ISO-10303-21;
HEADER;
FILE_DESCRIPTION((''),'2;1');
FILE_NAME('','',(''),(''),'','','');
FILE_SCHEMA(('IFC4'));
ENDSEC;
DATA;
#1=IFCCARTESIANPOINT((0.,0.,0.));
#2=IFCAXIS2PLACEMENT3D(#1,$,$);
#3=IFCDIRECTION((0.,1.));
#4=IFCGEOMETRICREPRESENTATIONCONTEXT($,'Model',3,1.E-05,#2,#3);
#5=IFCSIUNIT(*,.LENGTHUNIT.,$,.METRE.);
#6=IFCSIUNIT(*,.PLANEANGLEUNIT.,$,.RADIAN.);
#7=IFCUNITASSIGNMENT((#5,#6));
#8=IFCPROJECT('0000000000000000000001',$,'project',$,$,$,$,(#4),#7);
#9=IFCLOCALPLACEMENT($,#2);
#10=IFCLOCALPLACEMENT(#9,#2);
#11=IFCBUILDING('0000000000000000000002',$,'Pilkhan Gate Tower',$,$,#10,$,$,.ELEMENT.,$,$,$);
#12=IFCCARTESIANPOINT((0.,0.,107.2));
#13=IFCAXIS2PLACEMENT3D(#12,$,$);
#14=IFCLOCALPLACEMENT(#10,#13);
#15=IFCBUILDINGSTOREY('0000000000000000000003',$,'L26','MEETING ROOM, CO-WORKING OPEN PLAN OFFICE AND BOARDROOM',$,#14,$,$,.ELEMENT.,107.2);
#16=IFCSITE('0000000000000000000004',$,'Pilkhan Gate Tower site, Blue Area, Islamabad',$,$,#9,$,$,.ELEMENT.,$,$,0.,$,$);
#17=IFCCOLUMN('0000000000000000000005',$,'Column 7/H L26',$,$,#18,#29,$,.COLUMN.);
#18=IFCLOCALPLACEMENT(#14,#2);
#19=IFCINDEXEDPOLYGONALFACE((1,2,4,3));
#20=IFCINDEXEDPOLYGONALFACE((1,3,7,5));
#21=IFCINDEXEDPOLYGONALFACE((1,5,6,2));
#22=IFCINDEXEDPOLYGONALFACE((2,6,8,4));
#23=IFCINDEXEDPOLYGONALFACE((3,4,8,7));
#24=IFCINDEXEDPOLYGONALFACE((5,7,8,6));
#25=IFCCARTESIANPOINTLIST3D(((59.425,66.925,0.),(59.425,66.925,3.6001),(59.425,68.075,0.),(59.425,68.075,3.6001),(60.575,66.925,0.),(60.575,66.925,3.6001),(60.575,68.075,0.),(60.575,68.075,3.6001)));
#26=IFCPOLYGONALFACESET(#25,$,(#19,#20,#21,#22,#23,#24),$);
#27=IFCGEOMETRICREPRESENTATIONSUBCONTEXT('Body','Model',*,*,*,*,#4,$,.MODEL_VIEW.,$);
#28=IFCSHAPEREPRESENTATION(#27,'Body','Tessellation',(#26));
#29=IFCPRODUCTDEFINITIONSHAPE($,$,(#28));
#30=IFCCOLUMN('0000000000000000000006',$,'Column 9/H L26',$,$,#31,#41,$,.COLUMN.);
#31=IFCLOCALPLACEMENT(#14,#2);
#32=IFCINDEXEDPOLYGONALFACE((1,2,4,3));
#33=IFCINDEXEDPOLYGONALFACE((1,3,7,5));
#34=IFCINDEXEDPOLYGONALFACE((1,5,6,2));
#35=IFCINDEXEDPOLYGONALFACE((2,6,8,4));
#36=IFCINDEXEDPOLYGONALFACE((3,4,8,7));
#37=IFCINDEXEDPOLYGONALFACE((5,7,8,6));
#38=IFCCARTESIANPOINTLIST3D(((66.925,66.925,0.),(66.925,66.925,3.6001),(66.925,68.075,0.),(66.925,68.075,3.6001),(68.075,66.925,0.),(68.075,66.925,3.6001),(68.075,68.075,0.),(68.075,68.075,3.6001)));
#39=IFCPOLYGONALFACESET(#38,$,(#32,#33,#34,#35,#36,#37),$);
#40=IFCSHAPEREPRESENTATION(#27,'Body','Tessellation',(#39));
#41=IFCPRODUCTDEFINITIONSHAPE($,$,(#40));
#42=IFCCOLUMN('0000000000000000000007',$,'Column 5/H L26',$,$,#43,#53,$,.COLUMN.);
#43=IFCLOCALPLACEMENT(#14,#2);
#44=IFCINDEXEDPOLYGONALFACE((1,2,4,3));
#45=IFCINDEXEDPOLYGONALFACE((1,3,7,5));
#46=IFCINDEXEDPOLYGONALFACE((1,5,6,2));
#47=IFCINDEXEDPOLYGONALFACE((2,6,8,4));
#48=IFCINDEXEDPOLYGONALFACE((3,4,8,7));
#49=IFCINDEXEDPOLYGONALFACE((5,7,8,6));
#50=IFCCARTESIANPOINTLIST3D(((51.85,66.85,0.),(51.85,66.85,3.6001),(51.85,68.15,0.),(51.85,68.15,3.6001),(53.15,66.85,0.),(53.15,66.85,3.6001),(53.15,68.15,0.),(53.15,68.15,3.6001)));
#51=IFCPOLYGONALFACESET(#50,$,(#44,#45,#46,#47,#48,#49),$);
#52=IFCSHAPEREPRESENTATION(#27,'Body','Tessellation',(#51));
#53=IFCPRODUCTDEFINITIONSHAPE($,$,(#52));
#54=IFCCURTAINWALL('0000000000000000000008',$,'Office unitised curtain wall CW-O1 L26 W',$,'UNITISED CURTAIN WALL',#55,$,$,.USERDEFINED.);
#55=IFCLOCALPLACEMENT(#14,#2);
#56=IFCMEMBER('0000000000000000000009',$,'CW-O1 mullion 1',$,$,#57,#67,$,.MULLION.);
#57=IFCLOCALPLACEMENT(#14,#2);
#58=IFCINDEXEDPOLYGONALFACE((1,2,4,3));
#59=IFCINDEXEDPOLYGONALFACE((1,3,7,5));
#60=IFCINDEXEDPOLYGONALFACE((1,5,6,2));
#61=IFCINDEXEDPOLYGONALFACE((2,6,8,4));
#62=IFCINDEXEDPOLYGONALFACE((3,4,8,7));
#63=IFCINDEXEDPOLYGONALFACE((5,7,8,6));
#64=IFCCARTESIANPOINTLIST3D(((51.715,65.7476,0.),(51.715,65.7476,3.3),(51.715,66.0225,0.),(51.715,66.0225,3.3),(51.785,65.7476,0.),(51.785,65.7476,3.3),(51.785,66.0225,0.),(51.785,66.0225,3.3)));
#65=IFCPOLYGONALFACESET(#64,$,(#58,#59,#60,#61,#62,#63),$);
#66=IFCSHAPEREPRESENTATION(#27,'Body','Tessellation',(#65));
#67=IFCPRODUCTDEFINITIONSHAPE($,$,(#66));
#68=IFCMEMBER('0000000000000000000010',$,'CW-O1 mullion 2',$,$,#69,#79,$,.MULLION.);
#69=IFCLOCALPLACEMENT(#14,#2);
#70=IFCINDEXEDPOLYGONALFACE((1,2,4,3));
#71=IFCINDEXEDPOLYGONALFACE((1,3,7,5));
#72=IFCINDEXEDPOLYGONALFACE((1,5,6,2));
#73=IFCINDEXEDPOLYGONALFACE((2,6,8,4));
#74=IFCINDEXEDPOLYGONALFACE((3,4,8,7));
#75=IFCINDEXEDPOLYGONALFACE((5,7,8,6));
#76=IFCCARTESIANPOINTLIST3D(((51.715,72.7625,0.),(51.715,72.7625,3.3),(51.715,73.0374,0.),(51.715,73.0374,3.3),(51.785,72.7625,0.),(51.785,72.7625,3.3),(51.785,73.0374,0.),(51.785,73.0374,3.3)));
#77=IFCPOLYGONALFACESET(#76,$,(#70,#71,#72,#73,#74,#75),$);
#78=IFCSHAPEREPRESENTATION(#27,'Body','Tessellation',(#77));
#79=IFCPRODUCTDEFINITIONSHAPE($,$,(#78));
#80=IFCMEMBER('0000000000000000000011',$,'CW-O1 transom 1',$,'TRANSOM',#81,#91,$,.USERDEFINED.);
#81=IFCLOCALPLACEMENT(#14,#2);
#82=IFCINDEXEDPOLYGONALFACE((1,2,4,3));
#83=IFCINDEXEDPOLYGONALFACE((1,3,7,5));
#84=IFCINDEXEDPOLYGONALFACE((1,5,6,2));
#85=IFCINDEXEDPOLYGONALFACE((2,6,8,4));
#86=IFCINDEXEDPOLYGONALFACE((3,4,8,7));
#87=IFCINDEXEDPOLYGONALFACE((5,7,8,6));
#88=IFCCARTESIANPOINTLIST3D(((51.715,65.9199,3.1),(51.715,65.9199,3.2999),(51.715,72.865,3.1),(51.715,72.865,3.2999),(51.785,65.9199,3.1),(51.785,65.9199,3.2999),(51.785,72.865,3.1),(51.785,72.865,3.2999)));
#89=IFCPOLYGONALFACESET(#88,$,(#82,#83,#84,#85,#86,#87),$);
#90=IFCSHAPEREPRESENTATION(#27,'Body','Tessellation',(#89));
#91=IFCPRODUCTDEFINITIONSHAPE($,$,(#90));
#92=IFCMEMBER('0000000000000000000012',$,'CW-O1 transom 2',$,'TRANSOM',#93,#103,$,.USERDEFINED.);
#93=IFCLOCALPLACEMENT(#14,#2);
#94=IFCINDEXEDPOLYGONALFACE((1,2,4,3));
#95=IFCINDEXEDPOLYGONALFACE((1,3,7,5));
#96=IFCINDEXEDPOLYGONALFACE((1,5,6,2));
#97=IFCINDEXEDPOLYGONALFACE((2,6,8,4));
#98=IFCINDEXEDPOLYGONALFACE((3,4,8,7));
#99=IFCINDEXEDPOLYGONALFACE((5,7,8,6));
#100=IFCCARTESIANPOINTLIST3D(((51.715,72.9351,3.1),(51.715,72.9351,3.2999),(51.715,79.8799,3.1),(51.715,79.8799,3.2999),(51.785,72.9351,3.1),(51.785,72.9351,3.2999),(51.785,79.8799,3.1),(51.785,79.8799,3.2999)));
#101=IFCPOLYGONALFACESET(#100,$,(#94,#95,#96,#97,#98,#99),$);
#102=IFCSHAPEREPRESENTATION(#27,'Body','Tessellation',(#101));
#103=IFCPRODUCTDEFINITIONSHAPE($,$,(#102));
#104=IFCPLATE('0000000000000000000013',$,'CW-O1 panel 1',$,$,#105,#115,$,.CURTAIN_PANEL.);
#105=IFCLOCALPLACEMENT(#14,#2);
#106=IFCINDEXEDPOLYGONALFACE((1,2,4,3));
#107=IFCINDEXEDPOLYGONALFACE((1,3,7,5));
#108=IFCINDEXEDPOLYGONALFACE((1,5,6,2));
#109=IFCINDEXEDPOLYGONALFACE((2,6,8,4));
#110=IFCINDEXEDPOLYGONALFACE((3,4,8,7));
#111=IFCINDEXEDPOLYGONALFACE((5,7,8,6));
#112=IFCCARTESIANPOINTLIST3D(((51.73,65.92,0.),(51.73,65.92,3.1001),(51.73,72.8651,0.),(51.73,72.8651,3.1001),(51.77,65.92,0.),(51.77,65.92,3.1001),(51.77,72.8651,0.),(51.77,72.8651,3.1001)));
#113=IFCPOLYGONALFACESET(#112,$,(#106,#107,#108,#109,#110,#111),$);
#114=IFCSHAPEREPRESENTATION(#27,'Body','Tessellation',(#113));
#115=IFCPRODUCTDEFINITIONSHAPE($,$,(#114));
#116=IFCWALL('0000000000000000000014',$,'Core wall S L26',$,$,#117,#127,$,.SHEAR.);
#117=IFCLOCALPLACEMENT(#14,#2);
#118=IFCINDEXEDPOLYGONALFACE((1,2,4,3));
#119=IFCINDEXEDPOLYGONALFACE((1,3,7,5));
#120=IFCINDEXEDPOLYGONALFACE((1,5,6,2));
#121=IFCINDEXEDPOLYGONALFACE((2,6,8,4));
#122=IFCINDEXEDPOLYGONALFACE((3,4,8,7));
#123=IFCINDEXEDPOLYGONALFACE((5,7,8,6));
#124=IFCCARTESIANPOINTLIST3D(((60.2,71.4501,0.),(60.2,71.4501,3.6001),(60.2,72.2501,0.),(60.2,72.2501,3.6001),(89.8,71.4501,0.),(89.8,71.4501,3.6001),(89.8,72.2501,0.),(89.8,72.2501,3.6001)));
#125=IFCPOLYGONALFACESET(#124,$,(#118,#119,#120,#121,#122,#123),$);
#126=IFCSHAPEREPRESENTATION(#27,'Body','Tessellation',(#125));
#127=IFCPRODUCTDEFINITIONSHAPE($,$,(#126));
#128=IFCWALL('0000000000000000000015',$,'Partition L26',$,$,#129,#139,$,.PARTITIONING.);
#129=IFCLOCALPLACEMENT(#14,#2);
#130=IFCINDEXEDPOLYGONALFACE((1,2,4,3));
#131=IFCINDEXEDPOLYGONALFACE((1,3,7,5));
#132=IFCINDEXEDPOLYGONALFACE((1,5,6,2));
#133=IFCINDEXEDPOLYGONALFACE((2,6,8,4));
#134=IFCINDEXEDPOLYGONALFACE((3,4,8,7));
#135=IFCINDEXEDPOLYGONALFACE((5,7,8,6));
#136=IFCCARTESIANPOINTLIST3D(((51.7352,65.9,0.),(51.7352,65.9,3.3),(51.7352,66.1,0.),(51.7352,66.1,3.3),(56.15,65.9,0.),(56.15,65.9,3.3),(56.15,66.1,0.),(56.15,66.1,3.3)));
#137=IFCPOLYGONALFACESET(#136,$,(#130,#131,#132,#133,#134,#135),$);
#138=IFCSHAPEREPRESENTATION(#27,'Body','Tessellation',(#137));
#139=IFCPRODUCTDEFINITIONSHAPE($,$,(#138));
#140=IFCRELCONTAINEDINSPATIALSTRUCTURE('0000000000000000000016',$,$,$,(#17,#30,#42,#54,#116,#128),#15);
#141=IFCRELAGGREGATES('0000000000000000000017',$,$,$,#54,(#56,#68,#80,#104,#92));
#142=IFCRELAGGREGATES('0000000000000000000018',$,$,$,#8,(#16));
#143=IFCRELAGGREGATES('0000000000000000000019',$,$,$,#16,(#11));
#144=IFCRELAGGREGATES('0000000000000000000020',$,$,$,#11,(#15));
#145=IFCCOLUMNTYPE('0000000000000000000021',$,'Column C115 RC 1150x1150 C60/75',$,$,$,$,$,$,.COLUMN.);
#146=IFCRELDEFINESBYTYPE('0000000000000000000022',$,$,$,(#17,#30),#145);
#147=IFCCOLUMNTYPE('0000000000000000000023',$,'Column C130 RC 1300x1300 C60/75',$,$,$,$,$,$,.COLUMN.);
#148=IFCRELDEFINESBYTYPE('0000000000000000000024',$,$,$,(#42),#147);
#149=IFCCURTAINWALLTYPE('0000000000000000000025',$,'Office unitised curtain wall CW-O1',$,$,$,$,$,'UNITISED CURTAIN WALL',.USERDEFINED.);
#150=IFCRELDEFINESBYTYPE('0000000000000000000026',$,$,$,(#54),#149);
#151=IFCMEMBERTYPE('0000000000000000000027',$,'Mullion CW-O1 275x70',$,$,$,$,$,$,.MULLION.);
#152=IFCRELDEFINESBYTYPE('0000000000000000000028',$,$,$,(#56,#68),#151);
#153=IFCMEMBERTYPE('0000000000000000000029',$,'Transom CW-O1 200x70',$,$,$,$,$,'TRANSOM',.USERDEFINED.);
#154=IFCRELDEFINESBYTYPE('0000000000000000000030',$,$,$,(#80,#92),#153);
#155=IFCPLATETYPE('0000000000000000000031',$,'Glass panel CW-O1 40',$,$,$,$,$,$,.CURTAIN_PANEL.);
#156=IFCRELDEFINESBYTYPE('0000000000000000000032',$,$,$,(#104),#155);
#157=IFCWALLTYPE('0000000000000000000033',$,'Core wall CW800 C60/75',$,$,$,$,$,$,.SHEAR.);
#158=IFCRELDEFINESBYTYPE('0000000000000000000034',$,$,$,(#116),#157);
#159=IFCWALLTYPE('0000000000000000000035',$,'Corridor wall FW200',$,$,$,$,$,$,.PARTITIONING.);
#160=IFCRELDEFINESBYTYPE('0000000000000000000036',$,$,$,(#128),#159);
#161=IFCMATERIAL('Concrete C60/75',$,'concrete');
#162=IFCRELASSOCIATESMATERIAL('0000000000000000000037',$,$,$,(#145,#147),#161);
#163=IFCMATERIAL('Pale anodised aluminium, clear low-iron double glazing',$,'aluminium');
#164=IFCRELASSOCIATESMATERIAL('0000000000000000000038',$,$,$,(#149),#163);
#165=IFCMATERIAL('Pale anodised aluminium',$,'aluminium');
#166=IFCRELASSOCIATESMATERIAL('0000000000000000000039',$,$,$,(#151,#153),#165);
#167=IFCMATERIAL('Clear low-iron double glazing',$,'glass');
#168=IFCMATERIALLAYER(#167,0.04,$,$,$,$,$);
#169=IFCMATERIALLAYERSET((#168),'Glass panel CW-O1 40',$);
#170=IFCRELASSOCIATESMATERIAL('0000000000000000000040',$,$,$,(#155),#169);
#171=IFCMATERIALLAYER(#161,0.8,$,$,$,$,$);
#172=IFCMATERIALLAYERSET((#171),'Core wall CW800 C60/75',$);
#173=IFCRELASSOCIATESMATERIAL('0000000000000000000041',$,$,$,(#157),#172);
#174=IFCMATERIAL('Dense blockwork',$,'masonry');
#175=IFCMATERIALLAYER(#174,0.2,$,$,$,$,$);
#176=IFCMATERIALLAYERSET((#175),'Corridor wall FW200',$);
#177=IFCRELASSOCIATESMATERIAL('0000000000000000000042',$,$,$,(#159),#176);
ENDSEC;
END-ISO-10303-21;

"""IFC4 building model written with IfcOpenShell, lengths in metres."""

from ifc_helpers import new_model, si_unit, direction, frame, frame_2d, origin, origin_2d, place, context, subcontext, project, spatial, rectangle, extrude, material, layer, layer_set, material_profile, profile_set, type_object, element, aggregate, save


model = new_model("IFC4")

# Units and contexts
model_context = context("Model", 3, precision=1e-05, world=origin(), true_north=direction((0.0, 1.0)))
body_context = subcontext(model_context, "Body", "Model", "MODEL_VIEW")
ifc_project = project(units=[si_unit("LENGTHUNIT", "METRE"), si_unit("PLANEANGLEUNIT", "RADIAN")], contexts=[model_context])

# Site, building, storey
site_placement = place(None, origin())
site = spatial("IfcSite", under=ifc_project, at=site_placement, Name="Pilkhan Gate Tower site, Blue Area, Islamabad", CompositionType="ELEMENT", RefElevation=0.0)
building_placement = place(site_placement, origin())
building = spatial("IfcBuilding", under=site, at=building_placement, Name="Pilkhan Gate Tower", CompositionType="ELEMENT")
storey_placement = place(building_placement, frame((0.0, 0.0, 107.2)))
storey = spatial("IfcBuildingStorey", under=building, at=storey_placement, Name="L26", Description="MEETING ROOM, CO-WORKING OPEN PLAN OFFICE AND BOARDROOM", CompositionType="ELEMENT", Elevation=107.2)

# Columns
ifc_material_1 = material(Name="Concrete C60/75", Category="concrete")
ifc_material_profile_1 = material_profile(ifc_material_1, rectangle(XDim=1.1499, YDim=1.1499, at=origin_2d()), Name="RC 1150x1150")
ifc_profile_set_1 = profile_set([ifc_material_profile_1], Name="Concrete C60/75")
column_type_1 = type_object("IfcColumnType", Name="Column C115 RC 1150x1150 C60/75", PredefinedType="COLUMN", material=ifc_profile_set_1)
for number, where, z_axis, x_axis, name in (
    (1, (60.0, 67.5, 0.0), (0.0, 0.0, 1.0), (1.0, 0.0, 0.0), "Column 7/H L26"),
    (2, (67.5, 67.5, 0.0), (0.0, 0.0, 1.0), (1.0, 0.0, 0.0), "Column 9/H L26"),
):
    element("IfcColumn", number, at=place(storey_placement, frame(where, z_axis=z_axis, x_axis=x_axis)), inside=storey, type_object=column_type_1, Name=name, PredefinedType="COLUMN", context=body_context, shape_type="SweptSolid", body=[
        extrude(rectangle(XDim=1.1499, YDim=1.1499, at=origin_2d()), origin(), (0.0, 0.0, 1.0), 3.6001),
    ])
ifc_material_profile_2 = material_profile(ifc_material_1, rectangle(XDim=1.3, YDim=1.3, at=origin_2d()), Name="RC 1300x1300")
ifc_profile_set_2 = profile_set([ifc_material_profile_2], Name="Concrete C60/75")
column_type_2 = type_object("IfcColumnType", Name="Column C130 RC 1300x1300 C60/75", PredefinedType="COLUMN", material=ifc_profile_set_2)
column_placement = place(storey_placement, frame((52.5, 67.5, 0.0), z_axis=(0.0, 0.0, 1.0), x_axis=(1.0, 0.0, 0.0)))
element("IfcColumn", 3, at=column_placement, inside=storey, type_object=column_type_2, Name="Column 5/H L26", PredefinedType="COLUMN", context=body_context, shape_type="SweptSolid", body=[
    extrude(rectangle(XDim=1.3, YDim=1.3, at=origin_2d()), origin(), (0.0, 0.0, 1.0), 3.6001),
])

# Curtain wall, members, plate
ifc_material_2 = material(Name="Pale anodised aluminium, clear low-iron double glazing", Category="aluminium")
curtain_wall_type = type_object("IfcCurtainWallType", Name="Office unitised curtain wall CW-O1", ElementType="UNITISED CURTAIN WALL", PredefinedType="USERDEFINED", material=ifc_material_2)
curtain_wall_placement = place(storey_placement, origin())
curtain_wall = element("IfcCurtainWall", 4, at=curtain_wall_placement, inside=storey, type_object=curtain_wall_type, Name="Office unitised curtain wall CW-O1 L26 W", ObjectType="UNITISED CURTAIN WALL", PredefinedType="USERDEFINED")
ifc_material_3 = material(Name="Pale anodised aluminium", Category="aluminium")
ifc_material_profile_3 = material_profile(ifc_material_3, rectangle(XDim=0.0701, YDim=0.2749, at=origin_2d()), Name="Mullion 275x70")
ifc_profile_set_3 = profile_set([ifc_material_profile_3], Name="Pale anodised aluminium")
member_type_1 = type_object("IfcMemberType", Name="Mullion CW-O1 275x70", PredefinedType="MULLION", material=ifc_profile_set_3)
member_1_placement = place(storey_placement, frame((51.75, 65.885, 0.0), z_axis=(0.0, 0.0, 1.0), x_axis=(-1.0, 0.0, 0.0)))
member_1 = element("IfcMember", 5, at=member_1_placement, type_object=member_type_1, Name="CW-O1 mullion 1", PredefinedType="MULLION", context=body_context, shape_type="SweptSolid", body=[
    extrude(rectangle(XDim=0.0701, YDim=0.2749, at=origin_2d()), origin(), (0.0, 0.0, 1.0), 3.3),
])
member_2_placement = place(storey_placement, frame((51.75, 72.8999, 0.0), z_axis=(0.0, 0.0, 1.0), x_axis=(-1.0, 0.0, 0.0)))
member_2 = element("IfcMember", 6, at=member_2_placement, type_object=member_type_1, Name="CW-O1 mullion 2", PredefinedType="MULLION", context=body_context, shape_type="SweptSolid", body=[
    extrude(rectangle(XDim=0.0701, YDim=0.2749, at=origin_2d()), origin(), (0.0, 0.0, 1.0), 3.3),
])
ifc_material_profile_4 = material_profile(ifc_material_3, rectangle(XDim=0.0701, YDim=0.2, at=origin_2d()), Name="Transom 200x70")
ifc_profile_set_4 = profile_set([ifc_material_profile_4], Name="Pale anodised aluminium")
member_type_2 = type_object("IfcMemberType", Name="Transom CW-O1 200x70", ElementType="TRANSOM", PredefinedType="USERDEFINED", material=ifc_profile_set_4)
member_3_placement = place(storey_placement, frame((51.75, 65.9199, 3.2), z_axis=(0.0, 1.0, 0.0), x_axis=(-1.0, 0.0, 0.0)))
member_3 = element("IfcMember", 7, at=member_3_placement, type_object=member_type_2, Name="CW-O1 transom 1", ObjectType="TRANSOM", PredefinedType="USERDEFINED", context=body_context, shape_type="SweptSolid", body=[
    extrude(rectangle(XDim=0.0701, YDim=0.2, at=origin_2d()), origin(), (0.0, 0.0, 1.0), 6.9451),
])
member_4_placement = place(storey_placement, frame((51.75, 72.9351, 3.2), z_axis=(0.0, 1.0, 0.0), x_axis=(-1.0, 0.0, 0.0)))
member_4 = element("IfcMember", 8, at=member_4_placement, type_object=member_type_2, Name="CW-O1 transom 2", ObjectType="TRANSOM", PredefinedType="USERDEFINED", context=body_context, shape_type="SweptSolid", body=[
    extrude(rectangle(XDim=0.0701, YDim=0.2, at=origin_2d()), origin(), (0.0, 0.0, 1.0), 6.9448),
])
ifc_material_4 = material(Name="Clear low-iron double glazing", Category="glass")
ifc_layer_1 = layer(ifc_material_4, 0.04)
ifc_layer_set_1 = layer_set([ifc_layer_1], Name="Glass panel CW-O1 40")
plate_type = type_object("IfcPlateType", Name="Glass panel CW-O1 40", PredefinedType="CURTAIN_PANEL", material=ifc_layer_set_1)
plate_placement = place(storey_placement, frame((51.75, 69.3926, 0.0), z_axis=(0.0, 0.0, 1.0), x_axis=(0.0, 1.0, 0.0)))
plate = element("IfcPlate", 9, at=plate_placement, type_object=plate_type, Name="CW-O1 panel 1", PredefinedType="CURTAIN_PANEL", context=body_context, shape_type="SweptSolid", body=[
    extrude(rectangle(XDim=6.9451, YDim=0.04, at=origin_2d()), origin(), (0.0, 0.0, 1.0), 3.1001),
])
aggregate(curtain_wall, [member_1, member_2, member_3, plate, member_4])

# Walls
ifc_layer_2 = layer(ifc_material_1, 0.8)
ifc_layer_set_2 = layer_set([ifc_layer_2], Name="Core wall CW800 C60/75")
wall_type_1 = type_object("IfcWallType", Name="Core wall CW800 C60/75", PredefinedType="SHEAR", material=ifc_layer_set_2)
wall_1_placement = place(storey_placement, frame((60.2, 71.8501, 0.0), z_axis=(0.0, 0.0, 1.0), x_axis=(1.0, 0.0, 0.0)))
element("IfcWall", 10, at=wall_1_placement, inside=storey, type_object=wall_type_1, Name="Core wall S L26", PredefinedType="SHEAR", context=body_context, shape_type="SweptSolid", body=[
    extrude(rectangle(XDim=29.6001, YDim=0.8, at=frame_2d((14.8, 0.0))), origin(), (0.0, 0.0, 1.0), 3.6001),
])
ifc_material_5 = material(Name="Dense blockwork", Category="masonry")
ifc_layer_3 = layer(ifc_material_5, 0.2)
ifc_layer_set_3 = layer_set([ifc_layer_3], Name="Corridor wall FW200")
wall_type_2 = type_object("IfcWallType", Name="Corridor wall FW200", PredefinedType="PARTITIONING", material=ifc_layer_set_3)
wall_2_placement = place(storey_placement, frame((51.7351, 66.0, 0.0), z_axis=(0.0, 0.0, 1.0), x_axis=(1.0, 0.0, 0.0)))
element("IfcWall", 11, at=wall_2_placement, inside=storey, type_object=wall_type_2, Name="Partition L26", PredefinedType="PARTITIONING", context=body_context, shape_type="SweptSolid", body=[
    extrude(rectangle(XDim=4.4148, YDim=0.2, at=frame_2d((2.2075, 0.0))), origin(), (0.0, 0.0, 1.0), 3.3),
])

save(model, "model.ifc")
